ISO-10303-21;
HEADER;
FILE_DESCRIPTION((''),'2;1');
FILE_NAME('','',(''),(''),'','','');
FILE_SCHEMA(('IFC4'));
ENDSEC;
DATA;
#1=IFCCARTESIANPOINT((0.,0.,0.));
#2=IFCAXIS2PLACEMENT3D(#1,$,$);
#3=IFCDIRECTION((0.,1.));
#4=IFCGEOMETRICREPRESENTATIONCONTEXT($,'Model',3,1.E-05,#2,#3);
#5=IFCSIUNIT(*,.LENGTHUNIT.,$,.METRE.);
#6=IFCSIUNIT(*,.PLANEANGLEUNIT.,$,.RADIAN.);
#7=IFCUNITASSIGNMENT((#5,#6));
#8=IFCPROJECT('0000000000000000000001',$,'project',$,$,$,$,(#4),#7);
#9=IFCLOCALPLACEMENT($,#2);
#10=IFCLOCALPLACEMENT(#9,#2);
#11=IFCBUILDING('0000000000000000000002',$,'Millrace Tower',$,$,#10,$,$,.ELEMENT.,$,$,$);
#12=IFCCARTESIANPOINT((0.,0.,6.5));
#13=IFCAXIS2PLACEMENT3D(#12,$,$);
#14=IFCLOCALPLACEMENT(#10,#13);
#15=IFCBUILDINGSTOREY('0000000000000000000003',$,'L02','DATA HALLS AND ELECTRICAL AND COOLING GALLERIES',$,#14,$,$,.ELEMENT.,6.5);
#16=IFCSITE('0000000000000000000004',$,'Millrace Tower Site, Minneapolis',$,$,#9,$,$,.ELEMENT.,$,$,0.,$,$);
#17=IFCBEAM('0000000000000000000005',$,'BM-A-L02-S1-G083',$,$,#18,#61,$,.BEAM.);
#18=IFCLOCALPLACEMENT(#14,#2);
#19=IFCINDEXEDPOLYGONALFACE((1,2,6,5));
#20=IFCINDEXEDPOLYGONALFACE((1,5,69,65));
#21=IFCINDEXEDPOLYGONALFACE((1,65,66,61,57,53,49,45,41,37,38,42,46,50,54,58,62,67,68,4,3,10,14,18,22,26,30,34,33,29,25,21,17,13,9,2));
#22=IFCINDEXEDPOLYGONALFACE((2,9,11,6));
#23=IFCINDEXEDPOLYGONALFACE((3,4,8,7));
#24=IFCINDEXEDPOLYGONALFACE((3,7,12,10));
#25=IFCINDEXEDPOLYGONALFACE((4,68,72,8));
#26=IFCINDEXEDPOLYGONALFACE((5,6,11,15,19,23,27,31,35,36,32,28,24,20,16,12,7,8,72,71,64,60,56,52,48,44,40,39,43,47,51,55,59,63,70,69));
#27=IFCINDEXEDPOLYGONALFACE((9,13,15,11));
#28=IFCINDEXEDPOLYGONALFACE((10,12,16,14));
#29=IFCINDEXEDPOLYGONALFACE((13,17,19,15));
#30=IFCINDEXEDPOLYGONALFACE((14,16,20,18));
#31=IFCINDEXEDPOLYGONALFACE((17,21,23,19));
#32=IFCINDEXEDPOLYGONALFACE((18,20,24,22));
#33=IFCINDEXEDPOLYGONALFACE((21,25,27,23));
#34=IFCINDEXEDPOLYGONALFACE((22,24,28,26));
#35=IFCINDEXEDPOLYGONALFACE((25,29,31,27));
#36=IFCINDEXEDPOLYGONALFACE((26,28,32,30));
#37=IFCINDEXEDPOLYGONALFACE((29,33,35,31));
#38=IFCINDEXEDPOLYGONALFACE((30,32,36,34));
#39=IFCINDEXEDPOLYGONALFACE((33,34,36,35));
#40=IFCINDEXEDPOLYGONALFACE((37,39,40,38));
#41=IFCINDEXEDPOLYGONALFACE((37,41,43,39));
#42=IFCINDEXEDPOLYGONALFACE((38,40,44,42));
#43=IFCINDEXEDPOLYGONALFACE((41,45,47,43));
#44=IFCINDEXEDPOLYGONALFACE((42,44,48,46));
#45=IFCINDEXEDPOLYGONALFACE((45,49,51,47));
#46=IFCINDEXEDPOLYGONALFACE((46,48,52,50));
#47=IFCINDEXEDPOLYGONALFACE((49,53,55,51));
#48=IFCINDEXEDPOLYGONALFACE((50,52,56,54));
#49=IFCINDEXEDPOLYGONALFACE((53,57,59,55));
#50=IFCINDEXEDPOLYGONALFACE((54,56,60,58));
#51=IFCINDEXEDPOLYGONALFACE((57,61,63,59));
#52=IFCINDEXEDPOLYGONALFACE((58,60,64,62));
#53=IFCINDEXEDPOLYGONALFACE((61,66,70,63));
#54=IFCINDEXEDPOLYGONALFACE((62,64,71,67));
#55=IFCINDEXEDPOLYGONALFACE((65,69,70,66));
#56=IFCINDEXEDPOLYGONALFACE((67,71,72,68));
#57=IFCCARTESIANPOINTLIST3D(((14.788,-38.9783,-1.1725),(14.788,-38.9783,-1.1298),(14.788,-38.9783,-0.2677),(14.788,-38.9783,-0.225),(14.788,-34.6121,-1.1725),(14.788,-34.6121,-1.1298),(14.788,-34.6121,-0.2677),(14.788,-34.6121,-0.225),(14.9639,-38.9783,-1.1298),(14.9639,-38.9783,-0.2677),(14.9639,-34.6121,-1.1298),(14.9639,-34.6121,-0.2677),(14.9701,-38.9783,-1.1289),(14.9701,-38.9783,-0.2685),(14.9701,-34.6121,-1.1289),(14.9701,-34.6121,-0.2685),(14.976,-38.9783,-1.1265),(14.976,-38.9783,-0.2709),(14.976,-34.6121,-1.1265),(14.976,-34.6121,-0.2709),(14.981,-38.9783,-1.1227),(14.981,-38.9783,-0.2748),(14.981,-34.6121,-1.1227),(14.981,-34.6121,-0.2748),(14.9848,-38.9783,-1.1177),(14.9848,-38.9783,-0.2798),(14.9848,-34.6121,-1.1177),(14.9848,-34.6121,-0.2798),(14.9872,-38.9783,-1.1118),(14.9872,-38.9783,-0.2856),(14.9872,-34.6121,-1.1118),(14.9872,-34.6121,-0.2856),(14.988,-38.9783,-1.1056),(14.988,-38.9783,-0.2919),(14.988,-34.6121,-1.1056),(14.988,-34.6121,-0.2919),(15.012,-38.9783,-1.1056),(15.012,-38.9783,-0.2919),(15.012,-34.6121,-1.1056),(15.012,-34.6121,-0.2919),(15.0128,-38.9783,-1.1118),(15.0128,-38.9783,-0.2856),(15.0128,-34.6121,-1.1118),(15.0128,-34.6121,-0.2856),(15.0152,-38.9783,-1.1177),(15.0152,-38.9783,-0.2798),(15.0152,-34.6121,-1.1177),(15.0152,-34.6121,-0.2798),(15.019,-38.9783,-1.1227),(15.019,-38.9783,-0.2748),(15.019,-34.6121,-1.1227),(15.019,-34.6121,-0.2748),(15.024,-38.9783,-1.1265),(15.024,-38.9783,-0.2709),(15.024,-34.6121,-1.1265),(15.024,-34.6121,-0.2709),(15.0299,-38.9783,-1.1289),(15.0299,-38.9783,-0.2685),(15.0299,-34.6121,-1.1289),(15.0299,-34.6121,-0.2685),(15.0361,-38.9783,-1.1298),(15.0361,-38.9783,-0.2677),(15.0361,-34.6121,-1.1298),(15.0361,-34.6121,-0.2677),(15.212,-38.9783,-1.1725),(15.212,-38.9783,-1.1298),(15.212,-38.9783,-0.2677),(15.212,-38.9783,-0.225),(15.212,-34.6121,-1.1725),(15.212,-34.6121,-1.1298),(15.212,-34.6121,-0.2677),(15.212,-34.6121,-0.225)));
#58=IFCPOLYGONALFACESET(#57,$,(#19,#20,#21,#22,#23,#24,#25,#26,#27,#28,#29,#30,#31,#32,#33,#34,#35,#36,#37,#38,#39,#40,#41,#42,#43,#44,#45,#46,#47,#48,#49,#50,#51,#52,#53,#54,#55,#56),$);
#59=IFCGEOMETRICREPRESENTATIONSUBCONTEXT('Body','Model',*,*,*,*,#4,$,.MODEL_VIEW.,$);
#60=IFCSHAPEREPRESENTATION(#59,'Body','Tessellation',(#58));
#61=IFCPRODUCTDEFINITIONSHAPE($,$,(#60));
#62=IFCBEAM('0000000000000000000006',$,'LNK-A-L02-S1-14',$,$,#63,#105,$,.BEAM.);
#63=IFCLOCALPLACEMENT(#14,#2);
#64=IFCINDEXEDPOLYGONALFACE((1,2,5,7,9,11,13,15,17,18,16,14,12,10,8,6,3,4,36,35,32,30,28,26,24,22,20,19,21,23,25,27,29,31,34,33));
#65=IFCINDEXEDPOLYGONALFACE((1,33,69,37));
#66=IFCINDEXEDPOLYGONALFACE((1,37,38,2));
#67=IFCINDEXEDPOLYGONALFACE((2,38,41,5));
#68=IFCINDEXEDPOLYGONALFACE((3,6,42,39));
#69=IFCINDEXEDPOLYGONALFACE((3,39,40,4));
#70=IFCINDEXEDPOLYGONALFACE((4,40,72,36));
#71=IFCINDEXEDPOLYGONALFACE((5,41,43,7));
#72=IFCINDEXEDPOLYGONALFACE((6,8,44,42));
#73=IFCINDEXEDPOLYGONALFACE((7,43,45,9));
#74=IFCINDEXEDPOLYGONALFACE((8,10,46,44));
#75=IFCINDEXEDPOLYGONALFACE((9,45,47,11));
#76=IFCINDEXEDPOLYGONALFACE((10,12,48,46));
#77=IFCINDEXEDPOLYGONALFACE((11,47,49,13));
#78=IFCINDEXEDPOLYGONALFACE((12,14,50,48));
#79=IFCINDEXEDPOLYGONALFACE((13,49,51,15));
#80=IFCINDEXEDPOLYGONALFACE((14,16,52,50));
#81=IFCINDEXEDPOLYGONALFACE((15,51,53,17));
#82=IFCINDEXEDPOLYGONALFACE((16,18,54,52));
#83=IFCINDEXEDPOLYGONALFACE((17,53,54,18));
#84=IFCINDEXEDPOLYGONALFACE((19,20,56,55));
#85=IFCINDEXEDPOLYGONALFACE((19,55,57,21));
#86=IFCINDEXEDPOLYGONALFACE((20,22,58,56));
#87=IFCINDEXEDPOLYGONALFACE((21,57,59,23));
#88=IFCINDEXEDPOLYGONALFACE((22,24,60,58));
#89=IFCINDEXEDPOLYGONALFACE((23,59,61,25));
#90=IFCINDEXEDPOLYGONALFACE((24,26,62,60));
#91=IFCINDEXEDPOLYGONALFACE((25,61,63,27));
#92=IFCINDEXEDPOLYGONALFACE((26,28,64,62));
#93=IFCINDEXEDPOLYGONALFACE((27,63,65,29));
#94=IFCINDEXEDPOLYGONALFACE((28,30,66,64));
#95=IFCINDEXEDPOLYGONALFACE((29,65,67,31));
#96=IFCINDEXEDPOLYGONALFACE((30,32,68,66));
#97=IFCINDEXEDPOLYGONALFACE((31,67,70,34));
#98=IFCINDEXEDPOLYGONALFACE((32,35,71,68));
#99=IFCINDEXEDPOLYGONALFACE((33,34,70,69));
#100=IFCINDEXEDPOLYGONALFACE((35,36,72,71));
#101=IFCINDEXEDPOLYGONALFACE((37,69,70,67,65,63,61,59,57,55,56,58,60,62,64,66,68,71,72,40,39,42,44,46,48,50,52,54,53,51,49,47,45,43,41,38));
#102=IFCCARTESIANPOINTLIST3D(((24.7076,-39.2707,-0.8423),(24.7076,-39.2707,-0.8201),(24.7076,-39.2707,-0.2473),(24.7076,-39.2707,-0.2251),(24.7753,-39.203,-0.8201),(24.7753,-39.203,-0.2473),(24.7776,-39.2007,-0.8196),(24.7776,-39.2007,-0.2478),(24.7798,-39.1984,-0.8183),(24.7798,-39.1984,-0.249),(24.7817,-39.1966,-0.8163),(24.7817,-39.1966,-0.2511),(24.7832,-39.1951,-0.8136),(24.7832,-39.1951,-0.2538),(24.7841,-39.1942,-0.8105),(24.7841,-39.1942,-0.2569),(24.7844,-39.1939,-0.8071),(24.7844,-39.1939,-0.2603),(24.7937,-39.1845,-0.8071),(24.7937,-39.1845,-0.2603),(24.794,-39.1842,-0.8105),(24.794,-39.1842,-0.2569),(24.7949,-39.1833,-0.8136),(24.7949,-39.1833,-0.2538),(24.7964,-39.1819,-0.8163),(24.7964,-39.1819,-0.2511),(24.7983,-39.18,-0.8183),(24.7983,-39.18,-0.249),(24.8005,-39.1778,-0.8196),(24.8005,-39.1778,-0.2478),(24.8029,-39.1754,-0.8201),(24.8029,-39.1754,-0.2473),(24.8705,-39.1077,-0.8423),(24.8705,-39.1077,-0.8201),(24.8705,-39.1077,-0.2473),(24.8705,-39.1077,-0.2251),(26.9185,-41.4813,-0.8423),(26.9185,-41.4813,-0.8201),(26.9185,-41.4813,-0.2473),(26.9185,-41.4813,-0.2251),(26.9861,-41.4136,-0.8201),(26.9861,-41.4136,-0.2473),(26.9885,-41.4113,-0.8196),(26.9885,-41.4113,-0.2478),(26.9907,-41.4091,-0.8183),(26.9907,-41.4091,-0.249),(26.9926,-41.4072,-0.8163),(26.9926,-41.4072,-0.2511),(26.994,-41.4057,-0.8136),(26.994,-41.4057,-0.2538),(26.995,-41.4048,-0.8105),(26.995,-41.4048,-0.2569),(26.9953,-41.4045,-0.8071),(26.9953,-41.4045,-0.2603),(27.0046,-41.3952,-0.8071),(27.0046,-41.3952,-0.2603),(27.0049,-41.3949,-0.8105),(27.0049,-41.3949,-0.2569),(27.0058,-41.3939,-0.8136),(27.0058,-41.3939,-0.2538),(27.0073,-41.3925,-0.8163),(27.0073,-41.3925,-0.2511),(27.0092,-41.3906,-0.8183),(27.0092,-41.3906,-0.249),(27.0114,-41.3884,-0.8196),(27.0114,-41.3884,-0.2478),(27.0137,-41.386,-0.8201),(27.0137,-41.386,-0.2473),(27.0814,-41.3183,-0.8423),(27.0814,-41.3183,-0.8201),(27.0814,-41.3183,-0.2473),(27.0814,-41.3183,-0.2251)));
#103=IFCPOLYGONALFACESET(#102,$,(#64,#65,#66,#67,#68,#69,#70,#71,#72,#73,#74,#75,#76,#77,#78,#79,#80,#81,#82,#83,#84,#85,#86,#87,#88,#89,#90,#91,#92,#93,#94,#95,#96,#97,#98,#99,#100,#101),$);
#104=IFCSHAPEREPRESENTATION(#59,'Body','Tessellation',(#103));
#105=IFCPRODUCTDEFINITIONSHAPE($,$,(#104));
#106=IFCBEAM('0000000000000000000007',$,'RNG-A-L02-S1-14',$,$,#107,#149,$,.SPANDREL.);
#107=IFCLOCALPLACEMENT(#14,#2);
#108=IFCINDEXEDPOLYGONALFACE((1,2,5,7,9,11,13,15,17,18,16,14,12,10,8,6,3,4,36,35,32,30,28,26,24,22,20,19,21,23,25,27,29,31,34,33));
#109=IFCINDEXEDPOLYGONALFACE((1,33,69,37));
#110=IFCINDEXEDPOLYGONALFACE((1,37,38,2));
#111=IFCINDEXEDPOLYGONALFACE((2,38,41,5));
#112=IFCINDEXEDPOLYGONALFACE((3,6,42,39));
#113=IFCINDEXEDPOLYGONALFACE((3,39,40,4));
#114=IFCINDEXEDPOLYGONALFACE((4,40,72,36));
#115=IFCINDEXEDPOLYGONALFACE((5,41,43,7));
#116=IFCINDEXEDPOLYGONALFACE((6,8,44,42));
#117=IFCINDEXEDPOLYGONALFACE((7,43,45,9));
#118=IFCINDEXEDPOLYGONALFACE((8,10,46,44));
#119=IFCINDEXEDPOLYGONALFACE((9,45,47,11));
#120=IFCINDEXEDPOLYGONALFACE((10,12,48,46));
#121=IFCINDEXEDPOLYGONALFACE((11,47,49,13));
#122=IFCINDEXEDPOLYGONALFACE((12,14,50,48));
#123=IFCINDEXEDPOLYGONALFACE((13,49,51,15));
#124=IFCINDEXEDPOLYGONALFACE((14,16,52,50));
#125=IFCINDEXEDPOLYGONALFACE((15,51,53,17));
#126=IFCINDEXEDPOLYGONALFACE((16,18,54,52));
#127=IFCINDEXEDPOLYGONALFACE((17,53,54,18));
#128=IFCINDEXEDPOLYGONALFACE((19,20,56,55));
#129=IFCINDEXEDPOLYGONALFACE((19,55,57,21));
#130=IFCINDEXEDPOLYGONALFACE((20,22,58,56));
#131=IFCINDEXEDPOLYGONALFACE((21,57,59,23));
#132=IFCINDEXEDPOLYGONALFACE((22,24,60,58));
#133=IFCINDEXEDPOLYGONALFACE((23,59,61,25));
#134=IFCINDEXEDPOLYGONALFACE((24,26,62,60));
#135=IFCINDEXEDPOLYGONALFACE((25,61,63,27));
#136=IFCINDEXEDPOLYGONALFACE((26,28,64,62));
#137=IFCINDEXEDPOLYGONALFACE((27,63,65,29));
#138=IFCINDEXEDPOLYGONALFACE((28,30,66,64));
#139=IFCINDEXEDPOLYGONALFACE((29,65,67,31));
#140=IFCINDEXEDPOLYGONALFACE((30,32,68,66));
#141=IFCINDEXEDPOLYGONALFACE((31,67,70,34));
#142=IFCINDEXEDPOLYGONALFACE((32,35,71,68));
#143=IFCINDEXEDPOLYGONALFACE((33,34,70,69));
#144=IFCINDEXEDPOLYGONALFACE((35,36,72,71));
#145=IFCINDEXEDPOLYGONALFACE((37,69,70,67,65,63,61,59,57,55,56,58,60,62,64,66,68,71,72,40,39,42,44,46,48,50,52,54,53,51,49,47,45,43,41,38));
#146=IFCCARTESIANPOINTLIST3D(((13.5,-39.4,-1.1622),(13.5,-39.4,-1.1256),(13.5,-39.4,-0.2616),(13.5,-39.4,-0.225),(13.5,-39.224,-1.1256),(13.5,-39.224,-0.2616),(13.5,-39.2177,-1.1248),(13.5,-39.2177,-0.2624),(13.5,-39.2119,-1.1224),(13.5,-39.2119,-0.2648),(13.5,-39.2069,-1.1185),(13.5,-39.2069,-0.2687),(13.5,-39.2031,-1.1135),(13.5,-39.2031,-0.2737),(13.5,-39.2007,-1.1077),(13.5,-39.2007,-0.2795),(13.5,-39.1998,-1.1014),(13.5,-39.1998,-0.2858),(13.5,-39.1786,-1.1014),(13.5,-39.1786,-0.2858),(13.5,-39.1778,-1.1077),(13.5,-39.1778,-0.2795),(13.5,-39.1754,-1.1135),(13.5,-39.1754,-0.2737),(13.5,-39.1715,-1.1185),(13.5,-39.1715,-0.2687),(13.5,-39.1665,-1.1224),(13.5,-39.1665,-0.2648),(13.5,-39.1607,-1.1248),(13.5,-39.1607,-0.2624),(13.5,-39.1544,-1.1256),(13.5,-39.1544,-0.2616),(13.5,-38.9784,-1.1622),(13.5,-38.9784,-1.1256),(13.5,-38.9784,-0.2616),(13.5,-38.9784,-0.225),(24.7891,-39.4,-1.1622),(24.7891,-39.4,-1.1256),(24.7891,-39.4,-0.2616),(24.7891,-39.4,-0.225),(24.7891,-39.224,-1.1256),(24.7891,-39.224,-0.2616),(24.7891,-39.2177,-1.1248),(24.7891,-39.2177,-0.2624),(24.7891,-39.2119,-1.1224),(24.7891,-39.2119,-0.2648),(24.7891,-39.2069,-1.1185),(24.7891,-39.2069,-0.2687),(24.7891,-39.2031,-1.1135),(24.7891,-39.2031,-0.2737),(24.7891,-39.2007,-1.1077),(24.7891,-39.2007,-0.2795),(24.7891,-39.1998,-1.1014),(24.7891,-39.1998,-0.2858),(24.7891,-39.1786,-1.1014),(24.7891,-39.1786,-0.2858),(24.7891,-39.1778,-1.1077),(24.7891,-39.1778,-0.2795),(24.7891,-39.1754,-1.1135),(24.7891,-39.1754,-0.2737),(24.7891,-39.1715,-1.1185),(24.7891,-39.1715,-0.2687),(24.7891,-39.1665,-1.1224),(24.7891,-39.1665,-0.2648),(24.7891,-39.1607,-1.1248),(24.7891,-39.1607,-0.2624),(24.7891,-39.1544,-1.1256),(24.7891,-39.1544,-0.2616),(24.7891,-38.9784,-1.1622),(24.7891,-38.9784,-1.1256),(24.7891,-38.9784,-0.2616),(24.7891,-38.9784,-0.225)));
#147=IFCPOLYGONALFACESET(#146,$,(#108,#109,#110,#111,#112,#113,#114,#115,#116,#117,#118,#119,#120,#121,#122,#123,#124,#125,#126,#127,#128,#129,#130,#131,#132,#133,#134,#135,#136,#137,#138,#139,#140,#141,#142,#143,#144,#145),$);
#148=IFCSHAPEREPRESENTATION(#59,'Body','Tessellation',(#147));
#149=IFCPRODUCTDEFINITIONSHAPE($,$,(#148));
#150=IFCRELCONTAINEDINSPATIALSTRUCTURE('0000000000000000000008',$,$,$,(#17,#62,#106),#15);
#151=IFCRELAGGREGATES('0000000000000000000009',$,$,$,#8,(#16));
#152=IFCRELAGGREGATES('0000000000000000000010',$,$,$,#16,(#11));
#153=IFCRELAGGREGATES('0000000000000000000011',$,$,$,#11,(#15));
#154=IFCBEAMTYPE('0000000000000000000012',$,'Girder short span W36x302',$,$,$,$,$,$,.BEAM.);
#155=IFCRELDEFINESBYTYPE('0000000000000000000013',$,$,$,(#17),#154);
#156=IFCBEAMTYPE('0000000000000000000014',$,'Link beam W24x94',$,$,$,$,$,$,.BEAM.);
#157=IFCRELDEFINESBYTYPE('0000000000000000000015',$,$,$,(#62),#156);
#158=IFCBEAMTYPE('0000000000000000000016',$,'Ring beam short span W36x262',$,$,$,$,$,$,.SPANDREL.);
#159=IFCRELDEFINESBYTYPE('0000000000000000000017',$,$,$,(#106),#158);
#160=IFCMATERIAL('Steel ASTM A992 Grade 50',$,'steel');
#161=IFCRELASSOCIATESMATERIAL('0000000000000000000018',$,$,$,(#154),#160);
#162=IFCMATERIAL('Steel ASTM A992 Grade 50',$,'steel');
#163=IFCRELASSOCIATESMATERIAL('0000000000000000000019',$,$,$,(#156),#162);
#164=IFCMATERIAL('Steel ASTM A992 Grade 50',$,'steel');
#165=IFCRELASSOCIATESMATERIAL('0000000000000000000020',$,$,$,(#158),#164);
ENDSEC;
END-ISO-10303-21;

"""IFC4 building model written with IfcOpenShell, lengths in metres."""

from ifc_helpers import new_model, si_unit, direction, frame, origin, origin_2d, place, context, subcontext, project, spatial, i_section, extrude, material, material_profile, profile_set, type_object, element, save


model = new_model("IFC4")

# Units and contexts
model_context = context("Model", 3, precision=1e-05, world=origin(), true_north=direction((0.0, 1.0)))
body_context = subcontext(model_context, "Body", "Model", "MODEL_VIEW")
ifc_project = project(units=[si_unit("LENGTHUNIT", "METRE"), si_unit("PLANEANGLEUNIT", "RADIAN")], contexts=[model_context])

# Site, building, storey
site_placement = place(None, origin())
site = spatial("IfcSite", under=ifc_project, at=site_placement, Name="Millrace Tower Site, Minneapolis", CompositionType="ELEMENT", RefElevation=0.0)
building_placement = place(site_placement, origin())
building = spatial("IfcBuilding", under=site, at=building_placement, Name="Millrace Tower", CompositionType="ELEMENT")
storey_placement = place(building_placement, frame((0.0, 0.0, 6.5)))
storey = spatial("IfcBuildingStorey", under=building, at=storey_placement, Name="L02", Description="DATA HALLS AND ELECTRICAL AND COOLING GALLERIES", CompositionType="ELEMENT", Elevation=6.5)

# Beams
ifc_material_1 = material(Name="Steel ASTM A992 Grade 50", Category="steel")
ifc_material_profile_1 = material_profile(ifc_material_1, i_section(OverallWidth=0.4241, OverallDepth=0.9475, WebThickness=0.0239, FlangeThickness=0.0427, FilletRadius=0.0242, at=origin_2d()))
ifc_profile_set_1 = profile_set([ifc_material_profile_1], Name="Steel ASTM A992 Grade 50")
beam_type_1 = type_object("IfcBeamType", Name="Girder short span W36x302", PredefinedType="BEAM", material=ifc_profile_set_1)
beam_1_placement = place(storey_placement, frame((15.0, -38.9783, -0.6987), z_axis=(0.0, 1.0, 0.0), x_axis=(-1.0, 0.0, 0.0)))
element("IfcBeam", 1, at=beam_1_placement, inside=storey, type_object=beam_type_1, Name="BM-A-L02-S1-G083", PredefinedType="BEAM", context=body_context, shape_type="SweptSolid", body=[
    extrude(i_section(OverallWidth=0.4241, OverallDepth=0.9475, WebThickness=0.0239, FlangeThickness=0.0427, FilletRadius=0.0242, at=origin_2d()), origin(), (0.0, 0.0, 1.0), 4.3662),
])
ifc_material_2 = material(Name="Steel ASTM A992 Grade 50", Category="steel")
ifc_material_profile_2 = material_profile(ifc_material_2, i_section(OverallWidth=0.2305, OverallDepth=0.6172, WebThickness=0.0132, FlangeThickness=0.0222, FilletRadius=0.0129, at=origin_2d()))
ifc_profile_set_2 = profile_set([ifc_material_profile_2], Name="Steel ASTM A992 Grade 50")
beam_type_2 = type_object("IfcBeamType", Name="Link beam W24x94", PredefinedType="BEAM", material=ifc_profile_set_2)
beam_2_placement = place(storey_placement, frame((24.7891, -39.1892, -0.5337), z_axis=(0.707146, -0.707068, 0.0), x_axis=(0.707068, 0.707146, 0.0)))
element("IfcBeam", 2, at=beam_2_placement, inside=storey, type_object=beam_type_2, Name="LNK-A-L02-S1-14", PredefinedType="BEAM", context=body_context, shape_type="SweptSolid", body=[
    extrude(i_section(OverallWidth=0.2305, OverallDepth=0.6172, WebThickness=0.0132, FlangeThickness=0.0222, FilletRadius=0.0129, at=origin_2d()), origin(), (0.0, 0.0, 1.0), 3.1265),
])
ifc_material_3 = material(Name="Steel ASTM A992 Grade 50", Category="steel")
ifc_material_profile_3 = material_profile(ifc_material_3, i_section(OverallWidth=0.4216, OverallDepth=0.9373, WebThickness=0.0212, FlangeThickness=0.0366, FilletRadius=0.0242, at=origin_2d()))
ifc_profile_set_3 = profile_set([ifc_material_profile_3], Name="Steel ASTM A992 Grade 50")
beam_type_3 = type_object("IfcBeamType", Name="Ring beam short span W36x262", PredefinedType="SPANDREL", material=ifc_profile_set_3)
beam_3_placement = place(storey_placement, frame((24.7891, -39.1892, -0.6936), z_axis=(-1.0, 0.0, 0.0), x_axis=(0.0, -1.0, 0.0)))
element("IfcBeam", 3, at=beam_3_placement, inside=storey, type_object=beam_type_3, Name="RNG-A-L02-S1-14", PredefinedType="SPANDREL", context=body_context, shape_type="SweptSolid", body=[
    extrude(i_section(OverallWidth=0.4216, OverallDepth=0.9373, WebThickness=0.0212, FlangeThickness=0.0366, FilletRadius=0.0242, at=origin_2d()), origin(), (0.0, 0.0, 1.0), 11.2891),
])

save(model, "model.ifc")
